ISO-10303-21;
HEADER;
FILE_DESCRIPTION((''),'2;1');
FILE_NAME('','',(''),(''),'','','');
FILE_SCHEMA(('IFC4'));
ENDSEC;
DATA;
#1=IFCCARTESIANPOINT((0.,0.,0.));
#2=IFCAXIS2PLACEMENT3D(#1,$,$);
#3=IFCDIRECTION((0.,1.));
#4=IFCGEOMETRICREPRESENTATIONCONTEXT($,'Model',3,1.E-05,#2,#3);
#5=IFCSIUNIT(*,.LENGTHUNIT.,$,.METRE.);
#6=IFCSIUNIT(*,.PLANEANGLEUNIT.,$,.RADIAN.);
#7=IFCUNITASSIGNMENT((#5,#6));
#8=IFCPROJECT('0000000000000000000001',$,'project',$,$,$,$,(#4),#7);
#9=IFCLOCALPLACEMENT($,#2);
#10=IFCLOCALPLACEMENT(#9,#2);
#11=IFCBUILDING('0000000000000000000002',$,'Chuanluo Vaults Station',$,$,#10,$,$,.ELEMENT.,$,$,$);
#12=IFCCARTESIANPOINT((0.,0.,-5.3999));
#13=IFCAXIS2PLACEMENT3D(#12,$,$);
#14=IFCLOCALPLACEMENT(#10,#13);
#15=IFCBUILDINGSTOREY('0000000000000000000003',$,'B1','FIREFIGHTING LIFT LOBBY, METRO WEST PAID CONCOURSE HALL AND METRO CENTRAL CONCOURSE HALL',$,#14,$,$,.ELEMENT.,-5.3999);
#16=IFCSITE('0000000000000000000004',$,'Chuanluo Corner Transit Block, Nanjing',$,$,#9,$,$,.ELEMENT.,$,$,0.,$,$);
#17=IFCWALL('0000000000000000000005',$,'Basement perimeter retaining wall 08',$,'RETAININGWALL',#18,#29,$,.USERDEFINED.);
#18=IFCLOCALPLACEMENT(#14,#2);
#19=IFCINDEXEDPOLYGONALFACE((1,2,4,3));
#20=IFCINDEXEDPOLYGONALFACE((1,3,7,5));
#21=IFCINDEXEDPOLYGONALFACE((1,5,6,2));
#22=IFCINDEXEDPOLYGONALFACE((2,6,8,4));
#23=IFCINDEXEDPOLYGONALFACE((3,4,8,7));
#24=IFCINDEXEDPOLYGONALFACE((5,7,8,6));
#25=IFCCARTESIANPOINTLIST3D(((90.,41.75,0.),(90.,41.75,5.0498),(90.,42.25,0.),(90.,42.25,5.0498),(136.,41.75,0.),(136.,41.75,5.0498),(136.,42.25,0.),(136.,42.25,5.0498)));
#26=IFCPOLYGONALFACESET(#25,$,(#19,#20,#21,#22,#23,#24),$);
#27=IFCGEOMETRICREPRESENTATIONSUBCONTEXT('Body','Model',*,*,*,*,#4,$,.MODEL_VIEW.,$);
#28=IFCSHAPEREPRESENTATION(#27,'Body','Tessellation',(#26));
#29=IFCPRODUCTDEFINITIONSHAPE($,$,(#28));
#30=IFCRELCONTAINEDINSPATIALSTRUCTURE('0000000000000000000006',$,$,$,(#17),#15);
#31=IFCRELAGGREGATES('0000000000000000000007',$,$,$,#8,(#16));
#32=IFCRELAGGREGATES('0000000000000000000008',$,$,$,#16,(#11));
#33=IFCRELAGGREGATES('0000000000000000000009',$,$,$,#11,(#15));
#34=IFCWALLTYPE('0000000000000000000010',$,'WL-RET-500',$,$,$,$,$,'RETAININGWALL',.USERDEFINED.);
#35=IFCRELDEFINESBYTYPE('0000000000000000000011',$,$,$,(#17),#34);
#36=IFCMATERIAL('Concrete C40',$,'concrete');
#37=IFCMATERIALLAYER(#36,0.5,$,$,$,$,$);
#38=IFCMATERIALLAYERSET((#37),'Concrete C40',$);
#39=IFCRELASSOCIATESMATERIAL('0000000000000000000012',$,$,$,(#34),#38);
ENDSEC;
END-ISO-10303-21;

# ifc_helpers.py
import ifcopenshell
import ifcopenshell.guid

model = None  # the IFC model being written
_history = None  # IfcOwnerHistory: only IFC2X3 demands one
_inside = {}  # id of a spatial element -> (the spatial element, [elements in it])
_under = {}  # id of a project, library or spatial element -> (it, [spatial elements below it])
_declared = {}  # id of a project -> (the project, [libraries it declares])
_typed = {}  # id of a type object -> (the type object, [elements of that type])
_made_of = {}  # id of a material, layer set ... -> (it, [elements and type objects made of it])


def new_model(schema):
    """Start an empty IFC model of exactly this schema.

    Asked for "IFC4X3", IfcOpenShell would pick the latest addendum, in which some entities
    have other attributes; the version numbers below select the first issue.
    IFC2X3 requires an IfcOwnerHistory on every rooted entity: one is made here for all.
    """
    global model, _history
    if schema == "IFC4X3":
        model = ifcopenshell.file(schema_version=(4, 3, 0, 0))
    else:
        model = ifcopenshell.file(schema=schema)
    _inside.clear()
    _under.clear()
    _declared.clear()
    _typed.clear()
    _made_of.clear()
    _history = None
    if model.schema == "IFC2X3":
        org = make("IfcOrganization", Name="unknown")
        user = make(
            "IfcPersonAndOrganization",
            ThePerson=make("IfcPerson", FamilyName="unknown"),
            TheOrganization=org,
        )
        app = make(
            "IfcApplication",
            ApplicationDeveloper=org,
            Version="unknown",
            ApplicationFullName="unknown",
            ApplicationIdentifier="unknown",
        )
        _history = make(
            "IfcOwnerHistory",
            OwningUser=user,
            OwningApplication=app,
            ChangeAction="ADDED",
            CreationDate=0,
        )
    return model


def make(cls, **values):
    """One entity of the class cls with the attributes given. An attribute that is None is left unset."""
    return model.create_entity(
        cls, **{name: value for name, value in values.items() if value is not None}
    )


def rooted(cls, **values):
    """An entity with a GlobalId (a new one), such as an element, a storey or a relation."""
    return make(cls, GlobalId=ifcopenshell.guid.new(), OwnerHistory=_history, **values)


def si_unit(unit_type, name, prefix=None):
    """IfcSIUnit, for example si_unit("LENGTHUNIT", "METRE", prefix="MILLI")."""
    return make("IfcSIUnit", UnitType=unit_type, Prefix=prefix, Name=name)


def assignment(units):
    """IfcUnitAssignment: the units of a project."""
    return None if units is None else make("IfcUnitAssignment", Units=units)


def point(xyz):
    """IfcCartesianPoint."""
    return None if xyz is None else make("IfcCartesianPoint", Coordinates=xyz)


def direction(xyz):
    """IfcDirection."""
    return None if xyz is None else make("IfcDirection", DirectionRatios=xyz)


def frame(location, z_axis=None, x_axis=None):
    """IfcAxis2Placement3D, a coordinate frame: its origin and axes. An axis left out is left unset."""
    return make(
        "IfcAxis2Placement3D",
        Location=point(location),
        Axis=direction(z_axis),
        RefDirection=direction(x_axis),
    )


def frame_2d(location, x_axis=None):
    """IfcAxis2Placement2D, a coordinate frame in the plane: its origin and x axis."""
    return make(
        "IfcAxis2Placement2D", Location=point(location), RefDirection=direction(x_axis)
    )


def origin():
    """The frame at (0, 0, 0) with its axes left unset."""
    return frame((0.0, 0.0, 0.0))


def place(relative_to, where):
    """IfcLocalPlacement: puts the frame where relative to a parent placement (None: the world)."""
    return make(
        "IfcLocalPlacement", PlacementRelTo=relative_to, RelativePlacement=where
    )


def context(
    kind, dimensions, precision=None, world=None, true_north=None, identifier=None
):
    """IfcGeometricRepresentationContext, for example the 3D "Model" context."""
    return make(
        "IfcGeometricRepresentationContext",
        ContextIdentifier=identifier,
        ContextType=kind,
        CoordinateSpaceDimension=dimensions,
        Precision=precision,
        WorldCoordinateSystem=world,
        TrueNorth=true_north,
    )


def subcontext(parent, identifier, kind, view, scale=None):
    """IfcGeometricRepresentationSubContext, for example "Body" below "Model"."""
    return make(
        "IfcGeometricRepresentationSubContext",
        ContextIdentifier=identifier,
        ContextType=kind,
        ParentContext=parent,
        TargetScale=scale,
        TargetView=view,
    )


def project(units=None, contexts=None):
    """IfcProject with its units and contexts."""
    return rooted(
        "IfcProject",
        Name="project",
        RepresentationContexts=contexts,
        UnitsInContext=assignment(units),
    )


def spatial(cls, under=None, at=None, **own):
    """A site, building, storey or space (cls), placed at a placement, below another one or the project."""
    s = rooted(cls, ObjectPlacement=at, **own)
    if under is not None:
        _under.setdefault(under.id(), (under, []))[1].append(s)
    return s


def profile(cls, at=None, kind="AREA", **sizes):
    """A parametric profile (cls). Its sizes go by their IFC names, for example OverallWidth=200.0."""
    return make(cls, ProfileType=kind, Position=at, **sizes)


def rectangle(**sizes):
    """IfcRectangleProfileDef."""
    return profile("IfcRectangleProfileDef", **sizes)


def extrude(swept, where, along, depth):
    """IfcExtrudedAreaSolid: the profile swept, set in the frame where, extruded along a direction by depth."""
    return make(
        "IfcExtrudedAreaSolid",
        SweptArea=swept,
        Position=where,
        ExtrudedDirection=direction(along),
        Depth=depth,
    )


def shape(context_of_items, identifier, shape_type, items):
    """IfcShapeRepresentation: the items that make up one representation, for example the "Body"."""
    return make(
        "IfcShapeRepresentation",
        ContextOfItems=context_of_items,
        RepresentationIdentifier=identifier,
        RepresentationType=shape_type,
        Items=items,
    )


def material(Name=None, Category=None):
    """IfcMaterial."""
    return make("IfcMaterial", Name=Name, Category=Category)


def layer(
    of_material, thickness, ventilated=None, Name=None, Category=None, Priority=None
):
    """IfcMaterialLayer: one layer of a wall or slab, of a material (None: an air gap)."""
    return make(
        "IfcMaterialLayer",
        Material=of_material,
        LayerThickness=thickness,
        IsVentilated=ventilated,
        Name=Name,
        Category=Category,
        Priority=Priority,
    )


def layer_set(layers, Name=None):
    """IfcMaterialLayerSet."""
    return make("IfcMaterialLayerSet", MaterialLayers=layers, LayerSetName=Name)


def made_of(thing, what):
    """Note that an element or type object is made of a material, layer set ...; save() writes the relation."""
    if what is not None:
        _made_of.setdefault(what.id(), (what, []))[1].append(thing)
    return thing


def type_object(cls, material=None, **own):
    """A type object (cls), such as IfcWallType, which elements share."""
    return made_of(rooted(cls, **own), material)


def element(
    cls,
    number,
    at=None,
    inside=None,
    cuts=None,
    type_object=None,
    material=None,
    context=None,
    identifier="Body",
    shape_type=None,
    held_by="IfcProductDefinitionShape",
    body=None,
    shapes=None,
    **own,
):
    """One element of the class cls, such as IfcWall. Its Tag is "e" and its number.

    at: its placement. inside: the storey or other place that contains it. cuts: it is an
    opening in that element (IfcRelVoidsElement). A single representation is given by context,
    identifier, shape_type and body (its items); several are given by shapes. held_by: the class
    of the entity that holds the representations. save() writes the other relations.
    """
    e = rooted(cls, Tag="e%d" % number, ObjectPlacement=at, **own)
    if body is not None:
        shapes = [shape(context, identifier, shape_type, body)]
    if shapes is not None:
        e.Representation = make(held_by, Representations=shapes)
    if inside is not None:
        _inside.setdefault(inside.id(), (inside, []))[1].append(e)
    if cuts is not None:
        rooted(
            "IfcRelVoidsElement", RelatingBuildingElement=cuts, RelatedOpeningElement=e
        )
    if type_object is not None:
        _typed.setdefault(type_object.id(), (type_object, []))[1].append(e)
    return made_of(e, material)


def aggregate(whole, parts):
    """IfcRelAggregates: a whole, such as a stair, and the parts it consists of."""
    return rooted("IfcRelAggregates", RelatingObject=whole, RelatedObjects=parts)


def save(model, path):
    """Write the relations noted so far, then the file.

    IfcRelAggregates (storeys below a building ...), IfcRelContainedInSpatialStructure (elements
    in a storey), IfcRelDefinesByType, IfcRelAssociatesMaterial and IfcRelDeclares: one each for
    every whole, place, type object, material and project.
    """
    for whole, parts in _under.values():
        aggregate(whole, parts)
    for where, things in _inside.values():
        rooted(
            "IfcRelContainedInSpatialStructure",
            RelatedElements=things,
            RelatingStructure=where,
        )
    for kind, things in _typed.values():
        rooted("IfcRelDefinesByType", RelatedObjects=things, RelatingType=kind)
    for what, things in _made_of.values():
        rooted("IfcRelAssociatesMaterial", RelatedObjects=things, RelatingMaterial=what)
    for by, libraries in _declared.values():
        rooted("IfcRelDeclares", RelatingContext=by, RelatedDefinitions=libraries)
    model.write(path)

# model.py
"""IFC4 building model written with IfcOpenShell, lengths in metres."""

from ifc_helpers import new_model, si_unit, direction, frame, frame_2d, origin, place, context, subcontext, project, spatial, rectangle, extrude, material, layer, layer_set, type_object, element, save


model = new_model("IFC4")

# Units and contexts
model_context = context("Model", 3, precision=1e-05, world=origin(), true_north=direction((0.0, 1.0)))
body_context = subcontext(model_context, "Body", "Model", "MODEL_VIEW")
ifc_project = project(units=[si_unit("LENGTHUNIT", "METRE"), si_unit("PLANEANGLEUNIT", "RADIAN")], contexts=[model_context])

# Site, building, storey
site_placement = place(None, origin())
site = spatial("IfcSite", under=ifc_project, at=site_placement, Name="Chuanluo Corner Transit Block, Nanjing", CompositionType="ELEMENT", RefElevation=0.0)
building_placement = place(site_placement, origin())
building = spatial("IfcBuilding", under=site, at=building_placement, Name="Chuanluo Vaults Station", CompositionType="ELEMENT")
storey_placement = place(building_placement, frame((0.0, 0.0, -5.3999)))
storey = spatial("IfcBuildingStorey", under=building, at=storey_placement, Name="B1", Description="FIREFIGHTING LIFT LOBBY, METRO WEST PAID CONCOURSE HALL AND METRO CENTRAL CONCOURSE HALL", CompositionType="ELEMENT", Elevation=-5.3999)

# Wall
ifc_material_1 = material(Name="Concrete C40", Category="concrete")
ifc_layer_1 = layer(ifc_material_1, 0.5)
ifc_layer_set_1 = layer_set([ifc_layer_1], Name="Concrete C40")
wall_type_1 = type_object("IfcWallType", Name="WL-RET-500", ElementType="RETAININGWALL", PredefinedType="USERDEFINED", material=ifc_layer_set_1)
wall_1_placement = place(storey_placement, frame((136.0, 42.0, 0.0), z_axis=(0.0, 0.0, 1.0), x_axis=(-1.0, 0.0, 0.0)))
element("IfcWall", 1, at=wall_1_placement, inside=storey, type_object=wall_type_1, Name="Basement perimeter retaining wall 08", ObjectType="RETAININGWALL", PredefinedType="USERDEFINED", context=body_context, shape_type="SweptSolid", body=[
    extrude(rectangle(XDim=46.0, YDim=0.5, at=frame_2d((23.0, 0.0))), origin(), (0.0, 0.0, 1.0), 5.0498),
])

save(model, "model.ifc")
